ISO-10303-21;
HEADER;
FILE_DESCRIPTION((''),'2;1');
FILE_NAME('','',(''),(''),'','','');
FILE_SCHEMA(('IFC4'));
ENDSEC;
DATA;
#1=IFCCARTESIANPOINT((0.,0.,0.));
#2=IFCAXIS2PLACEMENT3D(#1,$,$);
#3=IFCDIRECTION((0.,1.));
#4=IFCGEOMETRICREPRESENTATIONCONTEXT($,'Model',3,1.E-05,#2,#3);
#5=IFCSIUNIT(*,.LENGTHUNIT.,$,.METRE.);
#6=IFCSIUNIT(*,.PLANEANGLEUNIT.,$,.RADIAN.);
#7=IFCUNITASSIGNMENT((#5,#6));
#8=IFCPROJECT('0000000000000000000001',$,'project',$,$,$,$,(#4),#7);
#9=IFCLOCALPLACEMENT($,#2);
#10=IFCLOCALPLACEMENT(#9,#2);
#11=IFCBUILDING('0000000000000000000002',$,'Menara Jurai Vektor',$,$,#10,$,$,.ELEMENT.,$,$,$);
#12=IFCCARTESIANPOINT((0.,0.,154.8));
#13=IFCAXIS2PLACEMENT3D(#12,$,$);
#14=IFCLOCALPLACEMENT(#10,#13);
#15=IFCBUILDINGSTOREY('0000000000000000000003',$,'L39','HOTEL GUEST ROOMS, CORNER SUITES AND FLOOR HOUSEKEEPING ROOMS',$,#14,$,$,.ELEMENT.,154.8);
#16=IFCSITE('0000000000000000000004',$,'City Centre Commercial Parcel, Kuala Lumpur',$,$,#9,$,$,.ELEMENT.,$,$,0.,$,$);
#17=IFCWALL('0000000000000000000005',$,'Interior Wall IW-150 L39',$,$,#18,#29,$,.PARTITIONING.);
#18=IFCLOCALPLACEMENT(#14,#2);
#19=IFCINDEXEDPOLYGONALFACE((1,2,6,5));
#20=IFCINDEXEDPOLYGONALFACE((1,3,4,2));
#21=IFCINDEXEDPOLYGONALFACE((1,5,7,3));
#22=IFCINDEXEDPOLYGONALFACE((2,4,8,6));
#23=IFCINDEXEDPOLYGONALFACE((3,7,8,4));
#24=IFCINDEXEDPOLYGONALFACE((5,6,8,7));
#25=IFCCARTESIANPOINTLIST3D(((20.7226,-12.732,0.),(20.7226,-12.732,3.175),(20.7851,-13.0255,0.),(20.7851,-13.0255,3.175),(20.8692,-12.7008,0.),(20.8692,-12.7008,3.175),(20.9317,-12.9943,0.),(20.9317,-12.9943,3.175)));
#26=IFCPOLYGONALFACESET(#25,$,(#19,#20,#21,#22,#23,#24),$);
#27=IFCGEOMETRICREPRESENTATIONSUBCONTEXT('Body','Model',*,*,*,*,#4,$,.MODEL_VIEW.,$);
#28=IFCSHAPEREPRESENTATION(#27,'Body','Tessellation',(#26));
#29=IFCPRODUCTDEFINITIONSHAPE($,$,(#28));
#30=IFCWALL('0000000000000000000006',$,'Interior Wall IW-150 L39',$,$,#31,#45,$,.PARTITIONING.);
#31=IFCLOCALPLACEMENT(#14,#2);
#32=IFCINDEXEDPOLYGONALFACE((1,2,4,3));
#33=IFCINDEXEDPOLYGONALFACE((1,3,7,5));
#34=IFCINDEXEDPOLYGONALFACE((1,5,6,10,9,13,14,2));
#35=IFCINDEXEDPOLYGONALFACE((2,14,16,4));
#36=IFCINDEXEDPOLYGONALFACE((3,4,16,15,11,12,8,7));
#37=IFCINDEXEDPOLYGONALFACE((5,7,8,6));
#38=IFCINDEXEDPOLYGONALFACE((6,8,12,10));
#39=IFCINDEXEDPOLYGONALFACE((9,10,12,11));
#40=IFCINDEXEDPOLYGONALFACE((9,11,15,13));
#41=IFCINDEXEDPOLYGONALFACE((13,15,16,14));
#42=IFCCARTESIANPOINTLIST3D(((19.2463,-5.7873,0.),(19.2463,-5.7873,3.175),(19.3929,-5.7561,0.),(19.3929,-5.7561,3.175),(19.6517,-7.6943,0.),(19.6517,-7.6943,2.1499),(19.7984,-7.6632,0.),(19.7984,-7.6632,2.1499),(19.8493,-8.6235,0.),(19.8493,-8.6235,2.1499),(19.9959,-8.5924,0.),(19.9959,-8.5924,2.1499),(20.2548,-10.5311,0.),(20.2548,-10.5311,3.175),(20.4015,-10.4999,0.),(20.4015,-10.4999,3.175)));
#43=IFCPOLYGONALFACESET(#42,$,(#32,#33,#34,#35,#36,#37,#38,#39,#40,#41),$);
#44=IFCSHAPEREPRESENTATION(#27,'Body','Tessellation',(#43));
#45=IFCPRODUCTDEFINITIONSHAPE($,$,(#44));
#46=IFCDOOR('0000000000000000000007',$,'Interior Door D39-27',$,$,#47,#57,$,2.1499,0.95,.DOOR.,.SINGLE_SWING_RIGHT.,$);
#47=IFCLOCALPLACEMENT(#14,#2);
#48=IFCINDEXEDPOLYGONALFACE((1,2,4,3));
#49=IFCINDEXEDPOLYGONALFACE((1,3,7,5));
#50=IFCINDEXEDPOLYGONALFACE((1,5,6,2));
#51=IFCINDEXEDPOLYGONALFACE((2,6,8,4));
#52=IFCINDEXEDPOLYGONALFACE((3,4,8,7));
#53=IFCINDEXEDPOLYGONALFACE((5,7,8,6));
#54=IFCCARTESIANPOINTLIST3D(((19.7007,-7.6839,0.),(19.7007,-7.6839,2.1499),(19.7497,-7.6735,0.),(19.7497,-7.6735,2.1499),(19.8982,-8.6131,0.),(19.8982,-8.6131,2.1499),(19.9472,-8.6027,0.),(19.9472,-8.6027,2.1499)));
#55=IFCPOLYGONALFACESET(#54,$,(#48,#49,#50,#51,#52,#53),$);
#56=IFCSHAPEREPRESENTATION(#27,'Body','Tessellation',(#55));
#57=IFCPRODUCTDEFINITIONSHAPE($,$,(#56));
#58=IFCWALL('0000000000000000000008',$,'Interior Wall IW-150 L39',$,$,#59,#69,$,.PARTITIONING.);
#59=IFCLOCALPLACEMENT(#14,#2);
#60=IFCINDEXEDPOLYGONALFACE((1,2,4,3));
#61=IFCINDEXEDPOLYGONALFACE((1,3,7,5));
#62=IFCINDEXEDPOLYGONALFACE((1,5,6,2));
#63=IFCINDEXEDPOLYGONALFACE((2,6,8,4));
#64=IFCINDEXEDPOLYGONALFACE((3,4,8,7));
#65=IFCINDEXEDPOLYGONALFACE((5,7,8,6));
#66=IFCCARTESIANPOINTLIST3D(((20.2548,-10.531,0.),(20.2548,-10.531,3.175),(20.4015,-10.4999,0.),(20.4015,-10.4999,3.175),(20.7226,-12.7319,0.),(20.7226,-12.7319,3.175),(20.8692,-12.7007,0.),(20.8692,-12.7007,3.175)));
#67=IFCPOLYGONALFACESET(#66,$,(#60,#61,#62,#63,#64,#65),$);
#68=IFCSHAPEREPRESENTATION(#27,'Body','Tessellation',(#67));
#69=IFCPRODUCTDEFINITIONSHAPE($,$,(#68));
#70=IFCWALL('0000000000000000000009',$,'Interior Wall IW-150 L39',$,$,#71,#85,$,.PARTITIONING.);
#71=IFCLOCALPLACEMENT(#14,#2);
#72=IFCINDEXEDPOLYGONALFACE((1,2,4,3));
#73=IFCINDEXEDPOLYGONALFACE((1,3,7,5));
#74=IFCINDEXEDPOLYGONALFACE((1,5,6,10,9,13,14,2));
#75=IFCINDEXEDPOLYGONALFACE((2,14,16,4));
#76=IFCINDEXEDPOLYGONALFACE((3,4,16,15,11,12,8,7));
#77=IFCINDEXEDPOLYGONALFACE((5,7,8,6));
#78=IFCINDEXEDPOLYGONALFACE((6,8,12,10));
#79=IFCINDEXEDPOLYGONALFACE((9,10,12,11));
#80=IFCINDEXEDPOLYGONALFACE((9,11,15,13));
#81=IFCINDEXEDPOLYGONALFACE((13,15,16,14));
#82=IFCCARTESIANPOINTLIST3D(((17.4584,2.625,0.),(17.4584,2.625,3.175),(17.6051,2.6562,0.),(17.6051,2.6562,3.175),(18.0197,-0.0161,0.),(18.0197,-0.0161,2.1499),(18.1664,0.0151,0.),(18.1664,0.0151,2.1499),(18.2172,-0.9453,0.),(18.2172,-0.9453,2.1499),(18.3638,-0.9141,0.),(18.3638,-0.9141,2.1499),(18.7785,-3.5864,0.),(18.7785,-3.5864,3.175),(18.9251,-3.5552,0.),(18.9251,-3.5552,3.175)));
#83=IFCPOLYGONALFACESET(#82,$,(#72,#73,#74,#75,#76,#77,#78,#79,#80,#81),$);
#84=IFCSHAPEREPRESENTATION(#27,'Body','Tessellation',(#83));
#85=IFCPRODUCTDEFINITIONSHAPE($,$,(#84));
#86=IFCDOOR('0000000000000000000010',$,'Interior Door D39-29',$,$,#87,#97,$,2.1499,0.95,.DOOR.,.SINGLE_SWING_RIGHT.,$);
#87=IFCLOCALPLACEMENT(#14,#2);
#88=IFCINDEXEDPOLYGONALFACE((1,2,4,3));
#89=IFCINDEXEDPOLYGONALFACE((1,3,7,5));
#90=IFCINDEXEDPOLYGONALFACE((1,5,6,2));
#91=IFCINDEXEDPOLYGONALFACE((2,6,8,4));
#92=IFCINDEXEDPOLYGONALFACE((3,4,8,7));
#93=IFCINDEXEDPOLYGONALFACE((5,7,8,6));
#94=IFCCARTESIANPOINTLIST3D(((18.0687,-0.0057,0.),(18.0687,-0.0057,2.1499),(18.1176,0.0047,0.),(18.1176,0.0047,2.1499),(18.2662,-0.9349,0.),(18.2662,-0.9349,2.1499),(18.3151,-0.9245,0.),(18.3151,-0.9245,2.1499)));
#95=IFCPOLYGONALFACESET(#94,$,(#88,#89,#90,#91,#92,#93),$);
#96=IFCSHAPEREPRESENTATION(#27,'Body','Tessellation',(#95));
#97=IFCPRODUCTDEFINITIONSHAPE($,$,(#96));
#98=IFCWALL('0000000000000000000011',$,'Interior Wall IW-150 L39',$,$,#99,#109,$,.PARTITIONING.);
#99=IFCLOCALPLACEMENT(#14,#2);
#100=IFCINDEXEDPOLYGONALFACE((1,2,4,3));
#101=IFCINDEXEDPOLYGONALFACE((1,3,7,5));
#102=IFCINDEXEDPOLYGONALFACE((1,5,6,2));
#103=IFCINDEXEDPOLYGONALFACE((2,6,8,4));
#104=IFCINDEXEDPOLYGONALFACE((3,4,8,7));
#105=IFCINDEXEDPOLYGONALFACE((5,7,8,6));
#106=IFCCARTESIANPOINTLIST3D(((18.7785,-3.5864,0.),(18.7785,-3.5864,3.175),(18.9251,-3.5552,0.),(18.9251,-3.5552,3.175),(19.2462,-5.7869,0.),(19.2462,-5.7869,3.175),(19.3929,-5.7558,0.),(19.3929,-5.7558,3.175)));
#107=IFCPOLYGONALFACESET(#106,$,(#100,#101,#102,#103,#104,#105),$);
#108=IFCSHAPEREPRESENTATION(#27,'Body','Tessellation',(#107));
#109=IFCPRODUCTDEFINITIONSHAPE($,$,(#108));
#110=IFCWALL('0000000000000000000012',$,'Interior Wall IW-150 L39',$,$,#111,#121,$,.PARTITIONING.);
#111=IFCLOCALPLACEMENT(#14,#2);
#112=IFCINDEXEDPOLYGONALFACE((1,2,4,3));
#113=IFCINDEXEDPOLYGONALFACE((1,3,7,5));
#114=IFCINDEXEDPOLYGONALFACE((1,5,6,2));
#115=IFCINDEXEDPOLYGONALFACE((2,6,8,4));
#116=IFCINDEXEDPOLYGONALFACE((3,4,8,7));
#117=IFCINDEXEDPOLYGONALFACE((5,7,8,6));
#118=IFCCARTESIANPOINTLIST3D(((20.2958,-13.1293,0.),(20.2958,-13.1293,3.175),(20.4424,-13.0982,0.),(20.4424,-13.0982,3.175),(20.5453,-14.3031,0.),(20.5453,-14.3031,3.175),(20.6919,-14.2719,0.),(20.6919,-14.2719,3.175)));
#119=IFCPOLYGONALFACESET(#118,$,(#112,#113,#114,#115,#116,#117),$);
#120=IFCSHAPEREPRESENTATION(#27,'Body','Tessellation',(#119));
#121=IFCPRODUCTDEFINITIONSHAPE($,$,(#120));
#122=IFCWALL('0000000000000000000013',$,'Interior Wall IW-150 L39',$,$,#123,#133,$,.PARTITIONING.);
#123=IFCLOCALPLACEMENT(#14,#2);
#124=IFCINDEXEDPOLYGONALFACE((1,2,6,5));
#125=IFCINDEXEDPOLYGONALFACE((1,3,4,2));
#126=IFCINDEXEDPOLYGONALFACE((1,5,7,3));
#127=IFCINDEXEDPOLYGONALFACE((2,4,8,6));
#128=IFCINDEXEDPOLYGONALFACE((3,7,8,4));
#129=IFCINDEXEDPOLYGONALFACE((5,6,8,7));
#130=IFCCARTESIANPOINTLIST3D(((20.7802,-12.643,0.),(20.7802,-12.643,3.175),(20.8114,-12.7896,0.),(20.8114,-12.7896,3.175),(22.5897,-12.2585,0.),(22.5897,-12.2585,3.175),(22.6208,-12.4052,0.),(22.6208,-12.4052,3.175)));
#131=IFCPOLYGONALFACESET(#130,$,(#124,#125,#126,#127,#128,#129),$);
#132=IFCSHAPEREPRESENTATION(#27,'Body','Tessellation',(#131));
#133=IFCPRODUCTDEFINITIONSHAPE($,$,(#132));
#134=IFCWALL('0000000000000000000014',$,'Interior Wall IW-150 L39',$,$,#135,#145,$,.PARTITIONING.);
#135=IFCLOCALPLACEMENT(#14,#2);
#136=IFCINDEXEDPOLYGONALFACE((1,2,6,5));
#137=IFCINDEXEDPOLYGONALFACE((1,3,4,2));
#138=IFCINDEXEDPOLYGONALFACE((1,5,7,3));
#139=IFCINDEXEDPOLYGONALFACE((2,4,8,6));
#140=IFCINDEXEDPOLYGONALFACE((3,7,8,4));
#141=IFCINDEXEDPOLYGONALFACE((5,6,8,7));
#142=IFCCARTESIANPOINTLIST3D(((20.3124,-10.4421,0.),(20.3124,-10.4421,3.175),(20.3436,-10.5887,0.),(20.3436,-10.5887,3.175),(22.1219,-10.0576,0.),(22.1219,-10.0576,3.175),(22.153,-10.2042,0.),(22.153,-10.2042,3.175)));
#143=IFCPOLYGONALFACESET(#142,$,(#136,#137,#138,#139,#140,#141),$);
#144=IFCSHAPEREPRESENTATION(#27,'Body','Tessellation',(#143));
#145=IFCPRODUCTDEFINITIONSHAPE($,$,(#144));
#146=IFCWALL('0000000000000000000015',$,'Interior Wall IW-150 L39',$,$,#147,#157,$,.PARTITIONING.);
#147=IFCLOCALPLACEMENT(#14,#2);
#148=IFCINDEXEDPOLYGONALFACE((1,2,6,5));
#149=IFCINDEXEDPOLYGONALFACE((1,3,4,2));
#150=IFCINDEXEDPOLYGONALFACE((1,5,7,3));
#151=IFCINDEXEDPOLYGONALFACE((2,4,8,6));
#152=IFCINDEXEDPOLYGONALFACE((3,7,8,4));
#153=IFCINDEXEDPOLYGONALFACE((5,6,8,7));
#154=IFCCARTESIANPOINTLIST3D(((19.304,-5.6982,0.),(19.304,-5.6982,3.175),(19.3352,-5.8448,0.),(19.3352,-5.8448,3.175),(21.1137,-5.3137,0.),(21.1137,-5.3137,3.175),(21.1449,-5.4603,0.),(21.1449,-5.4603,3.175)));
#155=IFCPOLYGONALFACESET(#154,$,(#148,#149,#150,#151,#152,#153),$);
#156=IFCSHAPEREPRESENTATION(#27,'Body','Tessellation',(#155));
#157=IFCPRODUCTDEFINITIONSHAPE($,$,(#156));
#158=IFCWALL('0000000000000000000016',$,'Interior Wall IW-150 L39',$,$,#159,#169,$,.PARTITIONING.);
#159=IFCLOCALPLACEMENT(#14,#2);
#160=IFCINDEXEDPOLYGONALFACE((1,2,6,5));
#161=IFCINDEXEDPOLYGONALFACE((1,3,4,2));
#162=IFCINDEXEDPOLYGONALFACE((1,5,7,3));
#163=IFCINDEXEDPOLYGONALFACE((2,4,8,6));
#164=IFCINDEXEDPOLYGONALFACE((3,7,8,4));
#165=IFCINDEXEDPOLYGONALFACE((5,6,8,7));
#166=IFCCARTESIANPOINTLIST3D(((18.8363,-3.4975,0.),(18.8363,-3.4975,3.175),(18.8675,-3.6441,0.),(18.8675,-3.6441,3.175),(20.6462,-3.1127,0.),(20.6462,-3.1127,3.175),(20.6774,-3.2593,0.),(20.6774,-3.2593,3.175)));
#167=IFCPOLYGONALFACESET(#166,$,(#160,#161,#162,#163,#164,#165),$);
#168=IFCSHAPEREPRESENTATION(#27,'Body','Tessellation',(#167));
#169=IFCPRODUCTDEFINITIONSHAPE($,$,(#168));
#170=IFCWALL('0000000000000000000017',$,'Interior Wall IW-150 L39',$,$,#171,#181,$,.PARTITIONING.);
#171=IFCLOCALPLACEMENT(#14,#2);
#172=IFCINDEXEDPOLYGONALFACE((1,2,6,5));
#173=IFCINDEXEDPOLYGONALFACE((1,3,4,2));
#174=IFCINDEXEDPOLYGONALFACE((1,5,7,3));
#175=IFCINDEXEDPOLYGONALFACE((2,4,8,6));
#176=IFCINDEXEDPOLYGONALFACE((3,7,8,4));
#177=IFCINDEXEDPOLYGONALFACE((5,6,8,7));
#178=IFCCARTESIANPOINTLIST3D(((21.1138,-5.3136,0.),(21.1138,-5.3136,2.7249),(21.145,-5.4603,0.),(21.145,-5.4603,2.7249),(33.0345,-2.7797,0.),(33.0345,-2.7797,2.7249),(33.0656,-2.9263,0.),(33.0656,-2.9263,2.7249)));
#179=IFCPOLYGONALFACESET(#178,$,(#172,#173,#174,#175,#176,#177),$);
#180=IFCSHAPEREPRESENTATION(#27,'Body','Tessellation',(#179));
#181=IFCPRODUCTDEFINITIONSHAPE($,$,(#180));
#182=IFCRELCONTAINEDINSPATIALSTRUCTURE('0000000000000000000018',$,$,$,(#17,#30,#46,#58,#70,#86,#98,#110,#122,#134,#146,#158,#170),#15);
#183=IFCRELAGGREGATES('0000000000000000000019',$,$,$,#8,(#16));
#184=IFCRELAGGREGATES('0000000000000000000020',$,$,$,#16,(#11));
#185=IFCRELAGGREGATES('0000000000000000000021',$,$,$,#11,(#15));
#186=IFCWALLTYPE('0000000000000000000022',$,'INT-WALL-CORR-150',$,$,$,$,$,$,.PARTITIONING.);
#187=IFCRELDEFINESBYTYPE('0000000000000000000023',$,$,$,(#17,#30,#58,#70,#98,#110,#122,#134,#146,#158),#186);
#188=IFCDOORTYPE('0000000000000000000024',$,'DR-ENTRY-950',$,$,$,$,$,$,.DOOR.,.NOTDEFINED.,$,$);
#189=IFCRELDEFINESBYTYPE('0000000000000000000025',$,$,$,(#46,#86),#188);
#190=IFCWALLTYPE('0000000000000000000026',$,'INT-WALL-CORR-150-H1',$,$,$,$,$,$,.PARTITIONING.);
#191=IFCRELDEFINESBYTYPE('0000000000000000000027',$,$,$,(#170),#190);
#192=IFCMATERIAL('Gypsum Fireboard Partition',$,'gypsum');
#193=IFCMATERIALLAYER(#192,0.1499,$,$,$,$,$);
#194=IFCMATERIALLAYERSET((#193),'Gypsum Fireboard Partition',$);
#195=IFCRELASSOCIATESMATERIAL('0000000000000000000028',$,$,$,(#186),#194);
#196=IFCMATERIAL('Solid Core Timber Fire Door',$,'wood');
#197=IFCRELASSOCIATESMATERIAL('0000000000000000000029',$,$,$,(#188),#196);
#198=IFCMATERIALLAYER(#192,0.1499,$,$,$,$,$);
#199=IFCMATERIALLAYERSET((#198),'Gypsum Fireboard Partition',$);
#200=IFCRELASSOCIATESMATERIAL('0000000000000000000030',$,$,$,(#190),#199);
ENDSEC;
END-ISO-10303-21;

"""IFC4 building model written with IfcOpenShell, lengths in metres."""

from ifc_helpers import new_model, si_unit, direction, frame, frame_2d, origin, place, context, subcontext, project, spatial, rectangle, extrude, material, layer, layer_set, type_object, element, fill, save


model = new_model("IFC4")

# Units and contexts
model_context = context("Model", 3, precision=1e-05, world=origin(), true_north=direction((0.0, 1.0)))
body_context = subcontext(model_context, "Body", "Model", "MODEL_VIEW")
ifc_project = project(units=[si_unit("LENGTHUNIT", "METRE"), si_unit("PLANEANGLEUNIT", "RADIAN")], contexts=[model_context])

# Site, building, storey
site_placement = place(None, origin())
site = spatial("IfcSite", under=ifc_project, at=site_placement, Name="City Centre Commercial Parcel, Kuala Lumpur", CompositionType="ELEMENT", RefElevation=0.0)
building_placement = place(site_placement, origin())
building = spatial("IfcBuilding", under=site, at=building_placement, Name="Menara Jurai Vektor", CompositionType="ELEMENT")
storey_placement = place(building_placement, frame((0.0, 0.0, 154.8)))
storey = spatial("IfcBuildingStorey", under=building, at=storey_placement, Name="L39", Description="HOTEL GUEST ROOMS, CORNER SUITES AND FLOOR HOUSEKEEPING ROOMS", CompositionType="ELEMENT", Elevation=154.8)

# Wall
ifc_material_1 = material(Name="Gypsum Fireboard Partition", Category="gypsum")
ifc_layer_1 = layer(ifc_material_1, 0.1499)
ifc_layer_set_1 = layer_set([ifc_layer_1], Name="Gypsum Fireboard Partition")
wall_type_1 = type_object("IfcWallType", Name="INT-WALL-CORR-150", PredefinedType="PARTITIONING", material=ifc_layer_set_1)
wall_1_placement = place(storey_placement, frame((20.8584, -13.0098, 0.0), z_axis=(0.0, 0.0, 1.0), x_axis=(-0.208306, 0.978064, 0.0)))
element("IfcWall", 1, at=wall_1_placement, inside=storey, type_object=wall_type_1, Name="Interior Wall IW-150 L39", PredefinedType="PARTITIONING", context=body_context, shape_type="SweptSolid", body=[
    extrude(rectangle(XDim=0.3, YDim=0.1499, at=frame_2d((0.1499, 0.0))), origin(), (0.0, 0.0, 1.0), 3.175),
])

# Wall, opening, door
wall_2_placement = place(storey_placement, frame((20.3281, -10.5154, 0.0), z_axis=(0.0, 0.0, 1.0), x_axis=(-0.207951, 0.978139, 0.0)))
wall_2 = element("IfcWall", 2, at=wall_2_placement, inside=storey, type_object=wall_type_1, Name="Interior Wall IW-150 L39", PredefinedType="PARTITIONING", context=body_context, shape_type="SweptSolid", body=[
    extrude(rectangle(XDim=4.8499, YDim=0.1499, at=frame_2d((2.4248, 0.0))), origin(), (0.0, 0.0, 1.0), 3.175),
])
opening_1_placement = place(wall_2_placement, frame((1.95, 0.0, 0.0)))
opening_1 = element("IfcOpeningElement", 3, at=opening_1_placement, cuts=wall_2, PredefinedType="OPENING", context=body_context, shape_type="SweptSolid", body=[
    extrude(rectangle(XDim=0.95, YDim=2.1499, at=frame_2d((0.4751, 1.075))), frame((0.0, 0.085, 0.0), z_axis=(0.0, -1.0, 0.0), x_axis=(1.0, 0.0, 0.0)), (0.0, 0.0, 1.0), 0.1699),
])
ifc_material_2 = material(Name="Solid Core Timber Fire Door", Category="wood")
door_type_1 = type_object("IfcDoorType", Name="DR-ENTRY-950", OperationType="NOTDEFINED", PredefinedType="DOOR", material=ifc_material_2)
door_1_placement = place(opening_1_placement, origin())
door_1 = element("IfcDoor", 4, at=door_1_placement, inside=storey, type_object=door_type_1, Name="Interior Door D39-27", OperationType="SINGLE_SWING_RIGHT", OverallHeight=2.1499, OverallWidth=0.95, PredefinedType="DOOR", context=body_context, shape_type="SweptSolid", body=[
    extrude(rectangle(XDim=0.95, YDim=2.1499, at=frame_2d((0.4751, 1.075))), frame((0.0, 0.0249, 0.0), z_axis=(0.0, -1.0, 0.0), x_axis=(1.0, 0.0, 0.0)), (0.0, 0.0, 1.0), 0.05),
])
fill(opening_1, door_1)

# Wall
wall_3_placement = place(storey_placement, frame((20.7959, -12.7163, 0.0), z_axis=(0.0, 0.0, 1.0), x_axis=(-0.207891, 0.978152, 0.0)))
element("IfcWall", 5, at=wall_3_placement, inside=storey, type_object=wall_type_1, Name="Interior Wall IW-150 L39", PredefinedType="PARTITIONING", context=body_context, shape_type="SweptSolid", body=[
    extrude(rectangle(XDim=2.25, YDim=0.1499, at=frame_2d((1.125, 0.0))), origin(), (0.0, 0.0, 1.0), 3.175),
])

# Wall, opening, door
wall_4_placement = place(storey_placement, frame((18.8518, -3.5708, 0.0), z_axis=(0.0, 0.0, 1.0), x_axis=(-0.20788, 0.978154, 0.0)))
wall_4 = element("IfcWall", 6, at=wall_4_placement, inside=storey, type_object=wall_type_1, Name="Interior Wall IW-150 L39", PredefinedType="PARTITIONING", context=body_context, shape_type="SweptSolid", body=[
    extrude(rectangle(XDim=6.3501, YDim=0.1499, at=frame_2d((3.175, 0.0))), origin(), (0.0, 0.0, 1.0), 3.175),
])
opening_2_placement = place(wall_4_placement, frame((2.7, 0.0, 0.0)))
opening_2 = element("IfcOpeningElement", 7, at=opening_2_placement, cuts=wall_4, PredefinedType="OPENING", context=body_context, shape_type="SweptSolid", body=[
    extrude(rectangle(XDim=0.95, YDim=2.1499, at=frame_2d((0.4751, 1.075))), frame((0.0, 0.085, 0.0), z_axis=(0.0, -1.0, 0.0), x_axis=(1.0, 0.0, 0.0)), (0.0, 0.0, 1.0), 0.1699),
])
door_2_placement = place(opening_2_placement, origin())
door_2 = element("IfcDoor", 8, at=door_2_placement, inside=storey, type_object=door_type_1, Name="Interior Door D39-29", OperationType="SINGLE_SWING_RIGHT", OverallHeight=2.1499, OverallWidth=0.95, PredefinedType="DOOR", context=body_context, shape_type="SweptSolid", body=[
    extrude(rectangle(XDim=0.95, YDim=2.1499, at=frame_2d((0.4751, 1.075))), frame((0.0, 0.0249, 0.0), z_axis=(0.0, -1.0, 0.0), x_axis=(1.0, 0.0, 0.0)), (0.0, 0.0, 1.0), 0.05),
])
fill(opening_2, door_2)

# Walls
wall_5_placement = place(storey_placement, frame((19.3196, -5.7715, 0.0), z_axis=(0.0, 0.0, 1.0), x_axis=(-0.207913, 0.978147, 0.0)))
element("IfcWall", 9, at=wall_5_placement, inside=storey, type_object=wall_type_1, Name="Interior Wall IW-150 L39", PredefinedType="PARTITIONING", context=body_context, shape_type="SweptSolid", body=[
    extrude(rectangle(XDim=2.2498, YDim=0.1499, at=frame_2d((1.125, 0.0))), origin(), (0.0, 0.0, 1.0), 3.175),
])
wall_6_placement = place(storey_placement, frame((20.6187, -14.2876, 0.0), z_axis=(0.0, 0.0, 1.0), x_axis=(-0.207917, 0.978146, 0.0)))
element("IfcWall", 10, at=wall_6_placement, inside=storey, type_object=wall_type_1, Name="Interior Wall IW-150 L39", PredefinedType="PARTITIONING", context=body_context, shape_type="SweptSolid", body=[
    extrude(rectangle(XDim=1.2, YDim=0.1499, at=frame_2d((0.6001, 0.0))), origin(), (0.0, 0.0, 1.0), 3.175),
])
for number, where, z_axis, x_axis, name in (
    (11, (20.7959, -12.7163, 0.0), (0.0, 0.0, 1.0), (0.97816, 0.207852, 0.0), "Interior Wall IW-150 L39"),
    (12, (20.3281, -10.5154, 0.0), (0.0, 0.0, 1.0), (0.97816, 0.207852, 0.0), "Interior Wall IW-150 L39"),
):
    element("IfcWall", number, at=place(storey_placement, frame(where, z_axis=z_axis, x_axis=x_axis)), inside=storey, type_object=wall_type_1, Name=name, PredefinedType="PARTITIONING", context=body_context, shape_type="SweptSolid", body=[
        extrude(rectangle(XDim=1.8499, YDim=0.1499, at=frame_2d((0.9248, 0.0))), origin(), (0.0, 0.0, 1.0), 3.175),
    ])

# Walls
wall_7_placement = place(storey_placement, frame((19.3196, -5.7715, 0.0), z_axis=(0.0, 0.0, 1.0), x_axis=(0.978166, 0.207826, 0.0)))
element("IfcWall", 13, at=wall_7_placement, inside=storey, type_object=wall_type_1, Name="Interior Wall IW-150 L39", PredefinedType="PARTITIONING", context=body_context, shape_type="SweptSolid", body=[
    extrude(rectangle(XDim=1.8501, YDim=0.1499, at=frame_2d((0.925, 0.0))), origin(), (0.0, 0.0, 1.0), 3.175),
])
wall_8_placement = place(storey_placement, frame((18.8518, -3.5708, 0.0), z_axis=(0.0, 0.0, 1.0), x_axis=(0.978139, 0.207952, 0.0)))
element("IfcWall", 14, at=wall_8_placement, inside=storey, type_object=wall_type_1, Name="Interior Wall IW-150 L39", PredefinedType="PARTITIONING", context=body_context, shape_type="SweptSolid", body=[
    extrude(rectangle(XDim=1.8503, YDim=0.1499, at=frame_2d((0.9253, 0.0))), origin(), (0.0, 0.0, 1.0), 3.175),
])

# Wall
ifc_layer_2 = layer(ifc_material_1, 0.1499)
ifc_layer_set_2 = layer_set([ifc_layer_2], Name="Gypsum Fireboard Partition")
wall_type_2 = type_object("IfcWallType", Name="INT-WALL-CORR-150-H1", PredefinedType="PARTITIONING", material=ifc_layer_set_2)
wall_9_placement = place(storey_placement, frame((21.1294, -5.387, 0.0), z_axis=(0.0, 0.0, 1.0), x_axis=(0.978146, 0.207921, 0.0)))
element("IfcWall", 15, at=wall_9_placement, inside=storey, type_object=wall_type_2, Name="Interior Wall IW-150 L39", PredefinedType="PARTITIONING", context=body_context, shape_type="SweptSolid", body=[
    extrude(rectangle(XDim=12.187, YDim=0.1499, at=frame_2d((6.0935, 0.0))), origin(), (0.0, 0.0, 1.0), 2.7249),
])

save(model, "model.ifc")
